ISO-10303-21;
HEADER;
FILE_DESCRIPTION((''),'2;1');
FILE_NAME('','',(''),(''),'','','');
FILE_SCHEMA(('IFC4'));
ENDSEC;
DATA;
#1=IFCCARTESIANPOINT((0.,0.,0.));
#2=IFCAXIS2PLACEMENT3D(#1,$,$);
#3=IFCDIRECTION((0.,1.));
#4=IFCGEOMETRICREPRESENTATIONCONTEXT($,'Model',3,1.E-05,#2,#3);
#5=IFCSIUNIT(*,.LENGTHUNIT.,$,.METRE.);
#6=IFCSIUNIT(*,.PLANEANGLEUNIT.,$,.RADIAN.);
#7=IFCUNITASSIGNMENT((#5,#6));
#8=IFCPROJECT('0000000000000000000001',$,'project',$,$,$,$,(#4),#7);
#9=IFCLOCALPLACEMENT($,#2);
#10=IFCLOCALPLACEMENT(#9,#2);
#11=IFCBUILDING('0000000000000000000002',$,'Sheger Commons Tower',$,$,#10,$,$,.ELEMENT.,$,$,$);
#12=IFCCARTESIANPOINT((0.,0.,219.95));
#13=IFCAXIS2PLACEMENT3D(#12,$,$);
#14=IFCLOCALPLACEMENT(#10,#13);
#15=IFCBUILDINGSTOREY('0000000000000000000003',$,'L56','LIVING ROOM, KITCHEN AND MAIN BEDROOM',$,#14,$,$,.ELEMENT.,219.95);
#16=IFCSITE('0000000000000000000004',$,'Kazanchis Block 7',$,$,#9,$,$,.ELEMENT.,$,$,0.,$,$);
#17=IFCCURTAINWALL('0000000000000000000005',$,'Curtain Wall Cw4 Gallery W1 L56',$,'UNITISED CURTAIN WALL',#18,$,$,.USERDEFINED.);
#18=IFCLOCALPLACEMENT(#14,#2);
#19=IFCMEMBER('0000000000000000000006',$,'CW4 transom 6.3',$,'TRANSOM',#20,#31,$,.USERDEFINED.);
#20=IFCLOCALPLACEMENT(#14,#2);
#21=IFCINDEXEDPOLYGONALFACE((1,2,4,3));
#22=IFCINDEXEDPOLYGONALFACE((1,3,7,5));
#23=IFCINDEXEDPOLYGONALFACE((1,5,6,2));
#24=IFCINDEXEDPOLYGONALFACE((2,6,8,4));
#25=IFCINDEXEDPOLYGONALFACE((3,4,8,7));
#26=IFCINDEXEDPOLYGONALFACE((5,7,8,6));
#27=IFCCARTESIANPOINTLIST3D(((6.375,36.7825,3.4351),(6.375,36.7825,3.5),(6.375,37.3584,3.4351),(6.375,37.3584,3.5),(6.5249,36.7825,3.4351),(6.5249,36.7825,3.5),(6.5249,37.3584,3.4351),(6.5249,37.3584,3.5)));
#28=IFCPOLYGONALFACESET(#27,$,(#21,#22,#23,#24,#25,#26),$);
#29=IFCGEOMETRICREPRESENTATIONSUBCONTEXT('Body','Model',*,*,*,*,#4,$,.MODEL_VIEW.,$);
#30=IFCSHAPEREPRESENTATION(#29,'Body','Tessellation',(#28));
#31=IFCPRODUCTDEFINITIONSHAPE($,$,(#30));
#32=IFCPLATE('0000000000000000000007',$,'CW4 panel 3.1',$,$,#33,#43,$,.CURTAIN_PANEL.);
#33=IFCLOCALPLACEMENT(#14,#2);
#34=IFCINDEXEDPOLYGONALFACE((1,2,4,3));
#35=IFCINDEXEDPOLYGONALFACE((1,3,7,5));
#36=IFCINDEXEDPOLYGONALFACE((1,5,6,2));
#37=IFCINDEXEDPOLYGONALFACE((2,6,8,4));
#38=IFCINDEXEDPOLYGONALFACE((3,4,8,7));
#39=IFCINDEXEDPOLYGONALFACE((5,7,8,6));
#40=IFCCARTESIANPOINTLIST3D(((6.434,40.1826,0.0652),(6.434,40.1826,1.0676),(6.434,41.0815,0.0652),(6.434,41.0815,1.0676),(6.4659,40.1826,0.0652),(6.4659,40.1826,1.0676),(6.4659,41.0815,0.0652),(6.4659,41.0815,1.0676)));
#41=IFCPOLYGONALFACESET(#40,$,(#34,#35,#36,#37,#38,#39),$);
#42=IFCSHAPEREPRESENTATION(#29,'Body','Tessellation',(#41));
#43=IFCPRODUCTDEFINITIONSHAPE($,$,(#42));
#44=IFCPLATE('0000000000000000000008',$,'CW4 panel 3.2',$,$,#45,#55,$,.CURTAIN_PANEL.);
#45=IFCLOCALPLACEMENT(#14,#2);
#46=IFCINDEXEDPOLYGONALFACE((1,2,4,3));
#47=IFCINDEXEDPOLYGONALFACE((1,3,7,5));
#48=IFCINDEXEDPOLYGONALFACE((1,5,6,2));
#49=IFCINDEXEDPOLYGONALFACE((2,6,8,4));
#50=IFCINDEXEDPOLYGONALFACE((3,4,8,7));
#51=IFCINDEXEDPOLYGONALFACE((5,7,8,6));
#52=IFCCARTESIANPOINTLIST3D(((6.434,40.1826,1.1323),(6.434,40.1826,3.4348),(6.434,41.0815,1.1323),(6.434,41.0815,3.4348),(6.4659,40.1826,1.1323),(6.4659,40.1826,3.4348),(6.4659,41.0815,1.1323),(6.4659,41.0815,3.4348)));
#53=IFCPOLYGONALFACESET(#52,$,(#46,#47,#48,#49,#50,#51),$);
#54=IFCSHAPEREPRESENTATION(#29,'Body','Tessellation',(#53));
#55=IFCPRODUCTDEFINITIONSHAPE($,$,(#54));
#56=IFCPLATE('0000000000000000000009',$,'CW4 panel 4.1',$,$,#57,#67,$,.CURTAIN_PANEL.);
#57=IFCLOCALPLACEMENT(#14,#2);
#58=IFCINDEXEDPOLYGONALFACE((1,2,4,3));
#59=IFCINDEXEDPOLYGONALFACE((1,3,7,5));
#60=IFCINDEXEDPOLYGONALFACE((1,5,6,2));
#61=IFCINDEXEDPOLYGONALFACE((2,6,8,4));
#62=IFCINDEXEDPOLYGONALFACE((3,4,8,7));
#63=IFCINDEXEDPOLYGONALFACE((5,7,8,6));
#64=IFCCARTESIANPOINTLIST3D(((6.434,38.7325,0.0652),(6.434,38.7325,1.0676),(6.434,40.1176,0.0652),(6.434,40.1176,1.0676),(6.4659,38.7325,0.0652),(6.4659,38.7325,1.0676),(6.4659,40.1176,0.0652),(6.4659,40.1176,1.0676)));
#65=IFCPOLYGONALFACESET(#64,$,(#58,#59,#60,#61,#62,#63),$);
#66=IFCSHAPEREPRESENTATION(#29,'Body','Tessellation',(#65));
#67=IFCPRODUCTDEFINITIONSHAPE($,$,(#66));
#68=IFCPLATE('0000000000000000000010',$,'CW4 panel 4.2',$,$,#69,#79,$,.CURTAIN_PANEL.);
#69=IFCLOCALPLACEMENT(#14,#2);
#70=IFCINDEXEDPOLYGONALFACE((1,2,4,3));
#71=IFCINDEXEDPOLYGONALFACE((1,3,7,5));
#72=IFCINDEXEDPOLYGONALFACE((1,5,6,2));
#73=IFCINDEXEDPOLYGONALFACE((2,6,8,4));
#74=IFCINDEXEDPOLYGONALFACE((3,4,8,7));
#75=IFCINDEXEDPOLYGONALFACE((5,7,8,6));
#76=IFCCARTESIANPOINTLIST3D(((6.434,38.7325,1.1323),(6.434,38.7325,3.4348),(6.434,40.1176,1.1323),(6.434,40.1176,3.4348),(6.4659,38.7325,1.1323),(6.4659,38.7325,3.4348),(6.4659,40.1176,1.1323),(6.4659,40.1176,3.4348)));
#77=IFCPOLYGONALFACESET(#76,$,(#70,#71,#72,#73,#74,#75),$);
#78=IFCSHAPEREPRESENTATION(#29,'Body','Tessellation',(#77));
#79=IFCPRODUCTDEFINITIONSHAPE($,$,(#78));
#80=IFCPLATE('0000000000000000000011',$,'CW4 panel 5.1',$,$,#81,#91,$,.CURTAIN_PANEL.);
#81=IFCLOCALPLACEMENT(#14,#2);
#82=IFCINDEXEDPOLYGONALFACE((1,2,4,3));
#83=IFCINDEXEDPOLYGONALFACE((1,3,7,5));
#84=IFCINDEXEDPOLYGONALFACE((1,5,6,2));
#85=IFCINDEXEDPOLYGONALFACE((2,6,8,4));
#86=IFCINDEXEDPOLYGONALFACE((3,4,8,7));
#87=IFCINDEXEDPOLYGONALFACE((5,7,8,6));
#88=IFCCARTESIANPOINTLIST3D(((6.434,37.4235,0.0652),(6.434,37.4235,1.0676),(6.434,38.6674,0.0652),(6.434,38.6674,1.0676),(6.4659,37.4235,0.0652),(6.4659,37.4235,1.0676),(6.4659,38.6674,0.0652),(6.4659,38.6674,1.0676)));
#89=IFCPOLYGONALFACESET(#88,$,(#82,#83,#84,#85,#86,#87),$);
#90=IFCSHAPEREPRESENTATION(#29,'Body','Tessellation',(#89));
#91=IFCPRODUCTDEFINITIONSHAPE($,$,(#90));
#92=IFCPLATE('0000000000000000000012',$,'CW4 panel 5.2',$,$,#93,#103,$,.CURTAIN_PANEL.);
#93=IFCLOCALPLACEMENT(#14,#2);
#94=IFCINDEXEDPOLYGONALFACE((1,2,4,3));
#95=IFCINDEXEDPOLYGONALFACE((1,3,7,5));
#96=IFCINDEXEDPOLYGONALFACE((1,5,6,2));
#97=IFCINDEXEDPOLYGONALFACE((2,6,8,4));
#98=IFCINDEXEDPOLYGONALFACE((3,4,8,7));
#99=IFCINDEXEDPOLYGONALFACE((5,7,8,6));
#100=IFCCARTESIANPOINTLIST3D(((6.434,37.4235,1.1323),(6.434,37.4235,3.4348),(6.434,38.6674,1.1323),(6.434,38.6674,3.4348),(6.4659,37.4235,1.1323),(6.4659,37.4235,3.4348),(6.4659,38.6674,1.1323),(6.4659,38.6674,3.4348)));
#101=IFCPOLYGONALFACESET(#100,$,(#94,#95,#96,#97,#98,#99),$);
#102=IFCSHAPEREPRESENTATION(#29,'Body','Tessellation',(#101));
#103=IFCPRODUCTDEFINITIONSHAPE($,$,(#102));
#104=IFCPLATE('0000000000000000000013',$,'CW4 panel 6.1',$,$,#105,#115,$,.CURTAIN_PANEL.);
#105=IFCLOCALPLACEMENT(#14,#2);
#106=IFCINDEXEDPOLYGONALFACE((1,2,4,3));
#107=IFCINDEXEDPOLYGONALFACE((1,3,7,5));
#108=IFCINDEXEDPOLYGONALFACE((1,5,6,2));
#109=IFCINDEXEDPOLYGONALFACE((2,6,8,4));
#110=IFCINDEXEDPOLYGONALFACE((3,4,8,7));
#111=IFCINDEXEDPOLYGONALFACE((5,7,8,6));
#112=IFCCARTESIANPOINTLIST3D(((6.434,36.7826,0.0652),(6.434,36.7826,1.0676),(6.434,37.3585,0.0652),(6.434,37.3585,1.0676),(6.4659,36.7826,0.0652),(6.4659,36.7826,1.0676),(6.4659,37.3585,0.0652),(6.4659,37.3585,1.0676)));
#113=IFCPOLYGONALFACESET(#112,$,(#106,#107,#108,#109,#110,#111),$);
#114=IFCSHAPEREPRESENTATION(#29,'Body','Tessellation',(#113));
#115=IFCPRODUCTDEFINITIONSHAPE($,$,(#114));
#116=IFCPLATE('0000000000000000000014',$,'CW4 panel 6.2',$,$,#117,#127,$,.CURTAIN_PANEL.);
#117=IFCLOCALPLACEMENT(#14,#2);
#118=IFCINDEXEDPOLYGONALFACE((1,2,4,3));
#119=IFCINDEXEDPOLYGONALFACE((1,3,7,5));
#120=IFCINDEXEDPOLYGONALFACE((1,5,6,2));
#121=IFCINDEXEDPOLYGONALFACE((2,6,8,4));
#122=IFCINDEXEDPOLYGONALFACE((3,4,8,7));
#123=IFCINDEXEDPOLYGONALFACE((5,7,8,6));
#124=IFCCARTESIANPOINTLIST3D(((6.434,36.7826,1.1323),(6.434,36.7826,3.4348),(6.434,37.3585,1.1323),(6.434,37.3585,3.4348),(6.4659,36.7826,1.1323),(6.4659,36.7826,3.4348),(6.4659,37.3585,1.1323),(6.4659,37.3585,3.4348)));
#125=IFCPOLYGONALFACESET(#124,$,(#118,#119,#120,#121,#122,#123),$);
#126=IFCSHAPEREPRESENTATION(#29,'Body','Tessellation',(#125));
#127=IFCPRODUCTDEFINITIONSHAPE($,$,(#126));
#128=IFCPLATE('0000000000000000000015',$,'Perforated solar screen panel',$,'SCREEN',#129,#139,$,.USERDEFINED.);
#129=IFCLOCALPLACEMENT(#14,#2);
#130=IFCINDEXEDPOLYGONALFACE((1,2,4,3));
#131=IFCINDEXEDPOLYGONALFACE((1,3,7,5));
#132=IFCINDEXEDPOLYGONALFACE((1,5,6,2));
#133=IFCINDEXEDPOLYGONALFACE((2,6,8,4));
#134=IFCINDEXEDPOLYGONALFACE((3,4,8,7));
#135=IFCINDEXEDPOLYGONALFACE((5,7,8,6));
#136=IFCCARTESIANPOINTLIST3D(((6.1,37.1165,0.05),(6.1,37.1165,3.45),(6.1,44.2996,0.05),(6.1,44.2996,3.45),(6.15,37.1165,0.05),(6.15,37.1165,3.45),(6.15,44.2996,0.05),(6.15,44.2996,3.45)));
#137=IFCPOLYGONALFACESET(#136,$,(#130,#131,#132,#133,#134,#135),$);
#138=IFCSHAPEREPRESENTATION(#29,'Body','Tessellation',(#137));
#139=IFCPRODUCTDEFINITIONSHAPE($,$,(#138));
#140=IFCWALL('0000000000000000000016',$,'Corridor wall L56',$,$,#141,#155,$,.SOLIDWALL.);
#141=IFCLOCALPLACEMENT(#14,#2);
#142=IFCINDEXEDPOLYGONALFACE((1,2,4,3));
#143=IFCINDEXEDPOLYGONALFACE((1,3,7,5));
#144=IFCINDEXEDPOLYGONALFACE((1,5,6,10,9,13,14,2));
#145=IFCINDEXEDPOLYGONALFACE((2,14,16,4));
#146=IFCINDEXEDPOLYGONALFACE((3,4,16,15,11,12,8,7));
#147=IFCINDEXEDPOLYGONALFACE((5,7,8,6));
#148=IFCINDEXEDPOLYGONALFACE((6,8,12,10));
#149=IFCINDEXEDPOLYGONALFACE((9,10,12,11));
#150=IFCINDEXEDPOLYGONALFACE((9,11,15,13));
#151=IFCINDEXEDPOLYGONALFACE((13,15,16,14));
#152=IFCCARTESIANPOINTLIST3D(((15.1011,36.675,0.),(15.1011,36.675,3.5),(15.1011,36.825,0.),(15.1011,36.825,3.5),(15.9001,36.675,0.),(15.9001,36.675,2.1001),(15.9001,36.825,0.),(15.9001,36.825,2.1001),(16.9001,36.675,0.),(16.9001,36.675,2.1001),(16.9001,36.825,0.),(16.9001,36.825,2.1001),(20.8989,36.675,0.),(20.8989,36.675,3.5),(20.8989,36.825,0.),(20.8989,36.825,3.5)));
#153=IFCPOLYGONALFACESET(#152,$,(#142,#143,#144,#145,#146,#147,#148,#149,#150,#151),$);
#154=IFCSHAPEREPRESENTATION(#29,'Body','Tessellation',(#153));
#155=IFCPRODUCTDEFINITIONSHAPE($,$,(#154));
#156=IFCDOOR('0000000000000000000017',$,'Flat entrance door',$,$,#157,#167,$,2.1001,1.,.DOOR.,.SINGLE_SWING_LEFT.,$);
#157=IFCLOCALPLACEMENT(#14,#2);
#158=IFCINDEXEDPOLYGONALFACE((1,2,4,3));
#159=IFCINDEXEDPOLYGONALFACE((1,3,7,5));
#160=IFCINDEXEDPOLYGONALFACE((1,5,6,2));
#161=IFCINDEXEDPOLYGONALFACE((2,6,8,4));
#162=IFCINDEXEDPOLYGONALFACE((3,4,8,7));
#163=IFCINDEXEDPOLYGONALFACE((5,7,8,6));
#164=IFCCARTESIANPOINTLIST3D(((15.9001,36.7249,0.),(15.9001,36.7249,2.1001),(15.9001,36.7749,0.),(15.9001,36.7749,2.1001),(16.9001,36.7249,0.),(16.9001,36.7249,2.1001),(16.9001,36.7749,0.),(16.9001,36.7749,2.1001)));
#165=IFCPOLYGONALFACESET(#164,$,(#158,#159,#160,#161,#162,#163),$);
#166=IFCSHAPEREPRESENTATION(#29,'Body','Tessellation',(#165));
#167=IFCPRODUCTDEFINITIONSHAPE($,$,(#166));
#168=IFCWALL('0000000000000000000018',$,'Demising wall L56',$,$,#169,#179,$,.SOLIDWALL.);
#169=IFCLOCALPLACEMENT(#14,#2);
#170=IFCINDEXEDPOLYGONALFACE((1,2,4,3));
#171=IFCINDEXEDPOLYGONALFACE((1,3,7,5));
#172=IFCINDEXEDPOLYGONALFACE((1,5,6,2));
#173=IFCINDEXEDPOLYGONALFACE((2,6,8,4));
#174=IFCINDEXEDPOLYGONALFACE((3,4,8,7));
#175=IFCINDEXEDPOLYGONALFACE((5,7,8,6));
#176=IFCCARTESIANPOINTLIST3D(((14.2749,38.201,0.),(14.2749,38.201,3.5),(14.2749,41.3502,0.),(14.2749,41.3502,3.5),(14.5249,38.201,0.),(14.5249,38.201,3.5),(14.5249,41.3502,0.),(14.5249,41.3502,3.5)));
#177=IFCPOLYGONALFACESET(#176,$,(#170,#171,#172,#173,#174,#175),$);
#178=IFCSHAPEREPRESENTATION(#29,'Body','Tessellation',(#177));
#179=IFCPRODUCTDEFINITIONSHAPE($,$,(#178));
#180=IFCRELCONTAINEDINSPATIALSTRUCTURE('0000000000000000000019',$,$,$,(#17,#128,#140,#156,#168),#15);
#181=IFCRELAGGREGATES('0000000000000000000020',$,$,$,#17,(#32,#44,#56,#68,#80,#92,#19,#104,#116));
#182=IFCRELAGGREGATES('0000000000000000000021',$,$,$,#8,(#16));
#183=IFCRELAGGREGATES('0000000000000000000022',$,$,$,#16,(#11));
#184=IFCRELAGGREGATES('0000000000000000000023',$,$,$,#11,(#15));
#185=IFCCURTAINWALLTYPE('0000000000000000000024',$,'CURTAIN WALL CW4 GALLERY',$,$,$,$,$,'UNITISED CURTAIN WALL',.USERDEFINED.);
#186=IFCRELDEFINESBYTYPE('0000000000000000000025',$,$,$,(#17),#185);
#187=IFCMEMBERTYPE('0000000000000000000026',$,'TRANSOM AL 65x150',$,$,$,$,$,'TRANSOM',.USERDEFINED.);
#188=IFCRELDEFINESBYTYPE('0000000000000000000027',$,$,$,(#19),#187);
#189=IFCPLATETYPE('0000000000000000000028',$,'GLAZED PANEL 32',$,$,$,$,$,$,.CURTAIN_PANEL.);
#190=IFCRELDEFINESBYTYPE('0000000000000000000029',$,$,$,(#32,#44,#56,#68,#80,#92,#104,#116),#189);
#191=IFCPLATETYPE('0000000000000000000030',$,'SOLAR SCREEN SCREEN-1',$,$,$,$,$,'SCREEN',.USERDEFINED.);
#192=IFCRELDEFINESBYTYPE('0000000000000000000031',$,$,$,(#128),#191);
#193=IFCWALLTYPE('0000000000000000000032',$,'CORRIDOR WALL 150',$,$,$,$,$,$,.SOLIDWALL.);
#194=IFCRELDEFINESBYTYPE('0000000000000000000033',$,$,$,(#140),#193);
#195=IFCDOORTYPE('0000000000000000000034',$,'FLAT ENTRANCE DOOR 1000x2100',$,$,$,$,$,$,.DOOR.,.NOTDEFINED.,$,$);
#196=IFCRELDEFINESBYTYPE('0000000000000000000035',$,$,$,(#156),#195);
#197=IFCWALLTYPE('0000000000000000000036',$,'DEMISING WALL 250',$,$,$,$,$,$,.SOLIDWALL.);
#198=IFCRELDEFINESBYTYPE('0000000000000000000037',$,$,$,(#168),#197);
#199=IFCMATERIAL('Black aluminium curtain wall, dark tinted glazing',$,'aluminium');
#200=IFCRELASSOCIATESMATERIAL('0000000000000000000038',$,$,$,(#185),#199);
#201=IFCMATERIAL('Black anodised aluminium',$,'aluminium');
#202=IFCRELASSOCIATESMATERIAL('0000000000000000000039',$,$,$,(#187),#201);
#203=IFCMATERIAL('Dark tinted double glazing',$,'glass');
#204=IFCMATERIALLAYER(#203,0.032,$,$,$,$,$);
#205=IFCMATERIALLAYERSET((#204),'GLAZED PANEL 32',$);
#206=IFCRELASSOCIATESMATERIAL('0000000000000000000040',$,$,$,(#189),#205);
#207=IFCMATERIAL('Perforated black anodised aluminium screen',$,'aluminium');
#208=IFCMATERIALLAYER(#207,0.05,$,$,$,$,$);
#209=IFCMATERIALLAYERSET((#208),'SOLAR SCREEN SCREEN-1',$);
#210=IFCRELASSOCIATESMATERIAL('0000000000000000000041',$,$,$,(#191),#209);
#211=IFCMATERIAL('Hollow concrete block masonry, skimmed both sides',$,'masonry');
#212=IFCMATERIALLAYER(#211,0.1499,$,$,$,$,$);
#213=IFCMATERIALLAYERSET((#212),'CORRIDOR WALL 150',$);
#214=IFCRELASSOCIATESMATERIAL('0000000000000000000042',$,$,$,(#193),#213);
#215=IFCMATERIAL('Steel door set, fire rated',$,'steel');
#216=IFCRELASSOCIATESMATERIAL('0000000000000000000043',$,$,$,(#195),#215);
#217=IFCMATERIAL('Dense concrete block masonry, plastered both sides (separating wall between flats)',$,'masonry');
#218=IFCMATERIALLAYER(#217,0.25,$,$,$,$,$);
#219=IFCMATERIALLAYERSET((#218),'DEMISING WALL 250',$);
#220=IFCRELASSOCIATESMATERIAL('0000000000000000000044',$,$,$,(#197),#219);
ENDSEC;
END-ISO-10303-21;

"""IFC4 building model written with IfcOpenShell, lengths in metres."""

from ifc_helpers import new_model, si_unit, direction, frame, frame_2d, origin, origin_2d, place, context, subcontext, project, spatial, rectangle, extrude, material, layer, layer_set, material_profile, profile_set, type_object, element, fill, aggregate, save


model = new_model("IFC4")

# Units and contexts
model_context = context("Model", 3, precision=1e-05, world=origin(), true_north=direction((0.0, 1.0)))
body_context = subcontext(model_context, "Body", "Model", "MODEL_VIEW")
ifc_project = project(units=[si_unit("LENGTHUNIT", "METRE"), si_unit("PLANEANGLEUNIT", "RADIAN")], contexts=[model_context])

# Site, building, storey
site_placement = place(None, origin())
site = spatial("IfcSite", under=ifc_project, at=site_placement, Name="Kazanchis Block 7", CompositionType="ELEMENT", RefElevation=0.0)
building_placement = place(site_placement, origin())
building = spatial("IfcBuilding", under=site, at=building_placement, Name="Sheger Commons Tower", CompositionType="ELEMENT")
storey_placement = place(building_placement, frame((0.0, 0.0, 219.95)))
storey = spatial("IfcBuildingStorey", under=building, at=storey_placement, Name="L56", Description="LIVING ROOM, KITCHEN AND MAIN BEDROOM", CompositionType="ELEMENT", Elevation=219.95)

# Curtain wall
ifc_material_1 = material(Name="Black aluminium curtain wall, dark tinted glazing", Category="aluminium")
curtain_wall_type = type_object("IfcCurtainWallType", Name="CURTAIN WALL CW4 GALLERY", ElementType="UNITISED CURTAIN WALL", PredefinedType="USERDEFINED", material=ifc_material_1)
curtain_wall_placement = place(storey_placement, origin())
curtain_wall = element("IfcCurtainWall", 1, at=curtain_wall_placement, inside=storey, type_object=curtain_wall_type, Name="Curtain Wall Cw4 Gallery W1 L56", ObjectType="UNITISED CURTAIN WALL", PredefinedType="USERDEFINED")

# Member
ifc_material_2 = material(Name="Black anodised aluminium", Category="aluminium")
ifc_material_profile_1 = material_profile(ifc_material_2, rectangle(XDim=0.1499, YDim=0.0649, at=origin_2d()), Name="AL 65x150")
ifc_profile_set_1 = profile_set([ifc_material_profile_1], Name="Black anodised aluminium")
member_type_1 = type_object("IfcMemberType", Name="TRANSOM AL 65x150", ElementType="TRANSOM", PredefinedType="USERDEFINED", material=ifc_profile_set_1)
member_1_placement = place(storey_placement, frame((6.45, 37.3584, 3.4675), z_axis=(0.0, -1.0, 0.0), x_axis=(1.0, 0.0, 0.0)))
member_1 = element("IfcMember", 2, at=member_1_placement, type_object=member_type_1, Name="CW4 transom 6.3", ObjectType="TRANSOM", PredefinedType="USERDEFINED", context=body_context, shape_type="SweptSolid", body=[
    extrude(rectangle(XDim=0.1499, YDim=0.0649, at=origin_2d()), origin(), (0.0, 0.0, 1.0), 0.5759),
])

# Plates
ifc_material_3 = material(Name="Dark tinted double glazing", Category="glass")
ifc_layer_1 = layer(ifc_material_3, 0.032)
ifc_layer_set_1 = layer_set([ifc_layer_1], Name="GLAZED PANEL 32")
plate_type_1 = type_object("IfcPlateType", Name="GLAZED PANEL 32", PredefinedType="CURTAIN_PANEL", material=ifc_layer_set_1)
plate_1_placement = place(storey_placement, frame((6.45, 40.6321, 0.0652), z_axis=(0.0, 0.0, 1.0), x_axis=(0.0, -1.0, 0.0)))
plate_1 = element("IfcPlate", 3, at=plate_1_placement, type_object=plate_type_1, Name="CW4 panel 3.1", PredefinedType="CURTAIN_PANEL", context=body_context, shape_type="SweptSolid", body=[
    extrude(rectangle(XDim=0.8989, YDim=0.032, at=origin_2d()), origin(), (0.0, 0.0, 1.0), 1.0024),
])
plate_2_placement = place(storey_placement, frame((6.45, 40.6321, 1.1323), z_axis=(0.0, 0.0, 1.0), x_axis=(0.0, -1.0, 0.0)))
plate_2 = element("IfcPlate", 4, at=plate_2_placement, type_object=plate_type_1, Name="CW4 panel 3.2", PredefinedType="CURTAIN_PANEL", context=body_context, shape_type="SweptSolid", body=[
    extrude(rectangle(XDim=0.8989, YDim=0.032, at=origin_2d()), origin(), (0.0, 0.0, 1.0), 2.3025),
])
plate_3_placement = place(storey_placement, frame((6.45, 39.425, 0.0652), z_axis=(0.0, 0.0, 1.0), x_axis=(0.0, -1.0, 0.0)))
plate_3 = element("IfcPlate", 5, at=plate_3_placement, type_object=plate_type_1, Name="CW4 panel 4.1", PredefinedType="CURTAIN_PANEL", context=body_context, shape_type="SweptSolid", body=[
    extrude(rectangle(XDim=1.385, YDim=0.032, at=origin_2d()), origin(), (0.0, 0.0, 1.0), 1.0024),
])
plate_4_placement = place(storey_placement, frame((6.45, 39.425, 1.1323), z_axis=(0.0, 0.0, 1.0), x_axis=(0.0, -1.0, 0.0)))
plate_4 = element("IfcPlate", 6, at=plate_4_placement, type_object=plate_type_1, Name="CW4 panel 4.2", PredefinedType="CURTAIN_PANEL", context=body_context, shape_type="SweptSolid", body=[
    extrude(rectangle(XDim=1.385, YDim=0.032, at=origin_2d()), origin(), (0.0, 0.0, 1.0), 2.3025),
])
plate_5_placement = place(storey_placement, frame((6.45, 38.0454, 0.0652), z_axis=(0.0, 0.0, 1.0), x_axis=(0.0, -1.0, 0.0)))
plate_5 = element("IfcPlate", 7, at=plate_5_placement, type_object=plate_type_1, Name="CW4 panel 5.1", PredefinedType="CURTAIN_PANEL", context=body_context, shape_type="SweptSolid", body=[
    extrude(rectangle(XDim=1.2439, YDim=0.032, at=origin_2d()), origin(), (0.0, 0.0, 1.0), 1.0024),
])
plate_6_placement = place(storey_placement, frame((6.45, 38.0454, 1.1323), z_axis=(0.0, 0.0, 1.0), x_axis=(0.0, -1.0, 0.0)))
plate_6 = element("IfcPlate", 8, at=plate_6_placement, type_object=plate_type_1, Name="CW4 panel 5.2", PredefinedType="CURTAIN_PANEL", context=body_context, shape_type="SweptSolid", body=[
    extrude(rectangle(XDim=1.2439, YDim=0.032, at=origin_2d()), origin(), (0.0, 0.0, 1.0), 2.3025),
])
plate_7_placement = place(storey_placement, frame((6.45, 37.0706, 0.0652), z_axis=(0.0, 0.0, 1.0), x_axis=(0.0, -1.0, 0.0)))
plate_7 = element("IfcPlate", 9, at=plate_7_placement, type_object=plate_type_1, Name="CW4 panel 6.1", PredefinedType="CURTAIN_PANEL", context=body_context, shape_type="SweptSolid", body=[
    extrude(rectangle(XDim=0.5759, YDim=0.032, at=origin_2d()), origin(), (0.0, 0.0, 1.0), 1.0024),
])
plate_8_placement = place(storey_placement, frame((6.45, 37.0706, 1.1323), z_axis=(0.0, 0.0, 1.0), x_axis=(0.0, -1.0, 0.0)))
plate_8 = element("IfcPlate", 10, at=plate_8_placement, type_object=plate_type_1, Name="CW4 panel 6.2", PredefinedType="CURTAIN_PANEL", context=body_context, shape_type="SweptSolid", body=[
    extrude(rectangle(XDim=0.5759, YDim=0.032, at=origin_2d()), origin(), (0.0, 0.0, 1.0), 2.3025),
])
aggregate(curtain_wall, [plate_1, plate_2, plate_3, plate_4, plate_5, plate_6, member_1, plate_7, plate_8])
ifc_material_4 = material(Name="Perforated black anodised aluminium screen", Category="aluminium")
ifc_layer_2 = layer(ifc_material_4, 0.05)
ifc_layer_set_2 = layer_set([ifc_layer_2], Name="SOLAR SCREEN SCREEN-1")
plate_type_2 = type_object("IfcPlateType", Name="SOLAR SCREEN SCREEN-1", ElementType="SCREEN", PredefinedType="USERDEFINED", material=ifc_layer_set_2)
plate_9_placement = place(storey_placement, frame((6.125, 40.708, 0.05), z_axis=(0.0, 0.0, 1.0), x_axis=(0.0, -1.0, 0.0)))
element("IfcPlate", 11, at=plate_9_placement, inside=storey, type_object=plate_type_2, Name="Perforated solar screen panel", ObjectType="SCREEN", PredefinedType="USERDEFINED", context=body_context, shape_type="SweptSolid", body=[
    extrude(rectangle(XDim=7.1831, YDim=0.05, at=origin_2d()), origin(), (0.0, 0.0, 1.0), 3.3999),
])

# Wall, opening, door
ifc_material_5 = material(Name="Hollow concrete block masonry, skimmed both sides", Category="masonry")
ifc_layer_3 = layer(ifc_material_5, 0.1499)
ifc_layer_set_3 = layer_set([ifc_layer_3], Name="CORRIDOR WALL 150")
wall_type_1 = type_object("IfcWallType", Name="CORRIDOR WALL 150", PredefinedType="SOLIDWALL", material=ifc_layer_set_3)
wall_1_placement = place(storey_placement, frame((15.1011, 36.75, 0.0), z_axis=(0.0, 0.0, 1.0), x_axis=(1.0, 0.0, 0.0)))
wall_1 = element("IfcWall", 12, at=wall_1_placement, inside=storey, type_object=wall_type_1, Name="Corridor wall L56", PredefinedType="SOLIDWALL", context=body_context, shape_type="SweptSolid", body=[
    extrude(rectangle(XDim=5.7979, YDim=0.1499, at=frame_2d((2.8989, 0.0))), origin(), (0.0, 0.0, 1.0), 3.5),
])
opening_1_placement = place(wall_1_placement, frame((0.7991, 0.0, 0.0)))
opening_1 = element("IfcOpeningElement", 13, at=opening_1_placement, cuts=wall_1, PredefinedType="OPENING", context=body_context, shape_type="SweptSolid", body=[
    extrude(rectangle(XDim=1.0, YDim=2.1001, at=frame_2d((0.5, 1.05))), frame((0.0, 0.085, 0.0), z_axis=(0.0, -1.0, 0.0), x_axis=(1.0, 0.0, 0.0)), (0.0, 0.0, 1.0), 0.1699),
])
ifc_material_6 = material(Name="Steel door set, fire rated", Category="steel")
door_type_1 = type_object("IfcDoorType", Name="FLAT ENTRANCE DOOR 1000x2100", OperationType="NOTDEFINED", PredefinedType="DOOR", material=ifc_material_6)
door_1_placement = place(opening_1_placement, origin())
door_1 = element("IfcDoor", 14, at=door_1_placement, inside=storey, type_object=door_type_1, Name="Flat entrance door", OperationType="SINGLE_SWING_LEFT", OverallHeight=2.1001, OverallWidth=1.0, PredefinedType="DOOR", context=body_context, shape_type="SweptSolid", body=[
    extrude(rectangle(XDim=1.0, YDim=2.1001, at=frame_2d((0.5, 1.05))), frame((0.0, 0.0249, 0.0), z_axis=(0.0, -1.0, 0.0), x_axis=(1.0, 0.0, 0.0)), (0.0, 0.0, 1.0), 0.05),
])
fill(opening_1, door_1)

# Wall
ifc_material_7 = material(Name="Dense concrete block masonry, plastered both sides (separating wall between flats)", Category="masonry")
ifc_layer_4 = layer(ifc_material_7, 0.25)
ifc_layer_set_4 = layer_set([ifc_layer_4], Name="DEMISING WALL 250")
wall_type_2 = type_object("IfcWallType", Name="DEMISING WALL 250", PredefinedType="SOLIDWALL", material=ifc_layer_set_4)
wall_2_placement = place(storey_placement, frame((14.3999, 38.2009, 0.0), z_axis=(0.0, 0.0, 1.0), x_axis=(0.0, 1.0, 0.0)))
element("IfcWall", 15, at=wall_2_placement, inside=storey, type_object=wall_type_2, Name="Demising wall L56", PredefinedType="SOLIDWALL", context=body_context, shape_type="SweptSolid", body=[
    extrude(rectangle(XDim=3.1492, YDim=0.25, at=frame_2d((1.5747, 0.0))), origin(), (0.0, 0.0, 1.0), 3.5),
])

save(model, "model.ifc")
